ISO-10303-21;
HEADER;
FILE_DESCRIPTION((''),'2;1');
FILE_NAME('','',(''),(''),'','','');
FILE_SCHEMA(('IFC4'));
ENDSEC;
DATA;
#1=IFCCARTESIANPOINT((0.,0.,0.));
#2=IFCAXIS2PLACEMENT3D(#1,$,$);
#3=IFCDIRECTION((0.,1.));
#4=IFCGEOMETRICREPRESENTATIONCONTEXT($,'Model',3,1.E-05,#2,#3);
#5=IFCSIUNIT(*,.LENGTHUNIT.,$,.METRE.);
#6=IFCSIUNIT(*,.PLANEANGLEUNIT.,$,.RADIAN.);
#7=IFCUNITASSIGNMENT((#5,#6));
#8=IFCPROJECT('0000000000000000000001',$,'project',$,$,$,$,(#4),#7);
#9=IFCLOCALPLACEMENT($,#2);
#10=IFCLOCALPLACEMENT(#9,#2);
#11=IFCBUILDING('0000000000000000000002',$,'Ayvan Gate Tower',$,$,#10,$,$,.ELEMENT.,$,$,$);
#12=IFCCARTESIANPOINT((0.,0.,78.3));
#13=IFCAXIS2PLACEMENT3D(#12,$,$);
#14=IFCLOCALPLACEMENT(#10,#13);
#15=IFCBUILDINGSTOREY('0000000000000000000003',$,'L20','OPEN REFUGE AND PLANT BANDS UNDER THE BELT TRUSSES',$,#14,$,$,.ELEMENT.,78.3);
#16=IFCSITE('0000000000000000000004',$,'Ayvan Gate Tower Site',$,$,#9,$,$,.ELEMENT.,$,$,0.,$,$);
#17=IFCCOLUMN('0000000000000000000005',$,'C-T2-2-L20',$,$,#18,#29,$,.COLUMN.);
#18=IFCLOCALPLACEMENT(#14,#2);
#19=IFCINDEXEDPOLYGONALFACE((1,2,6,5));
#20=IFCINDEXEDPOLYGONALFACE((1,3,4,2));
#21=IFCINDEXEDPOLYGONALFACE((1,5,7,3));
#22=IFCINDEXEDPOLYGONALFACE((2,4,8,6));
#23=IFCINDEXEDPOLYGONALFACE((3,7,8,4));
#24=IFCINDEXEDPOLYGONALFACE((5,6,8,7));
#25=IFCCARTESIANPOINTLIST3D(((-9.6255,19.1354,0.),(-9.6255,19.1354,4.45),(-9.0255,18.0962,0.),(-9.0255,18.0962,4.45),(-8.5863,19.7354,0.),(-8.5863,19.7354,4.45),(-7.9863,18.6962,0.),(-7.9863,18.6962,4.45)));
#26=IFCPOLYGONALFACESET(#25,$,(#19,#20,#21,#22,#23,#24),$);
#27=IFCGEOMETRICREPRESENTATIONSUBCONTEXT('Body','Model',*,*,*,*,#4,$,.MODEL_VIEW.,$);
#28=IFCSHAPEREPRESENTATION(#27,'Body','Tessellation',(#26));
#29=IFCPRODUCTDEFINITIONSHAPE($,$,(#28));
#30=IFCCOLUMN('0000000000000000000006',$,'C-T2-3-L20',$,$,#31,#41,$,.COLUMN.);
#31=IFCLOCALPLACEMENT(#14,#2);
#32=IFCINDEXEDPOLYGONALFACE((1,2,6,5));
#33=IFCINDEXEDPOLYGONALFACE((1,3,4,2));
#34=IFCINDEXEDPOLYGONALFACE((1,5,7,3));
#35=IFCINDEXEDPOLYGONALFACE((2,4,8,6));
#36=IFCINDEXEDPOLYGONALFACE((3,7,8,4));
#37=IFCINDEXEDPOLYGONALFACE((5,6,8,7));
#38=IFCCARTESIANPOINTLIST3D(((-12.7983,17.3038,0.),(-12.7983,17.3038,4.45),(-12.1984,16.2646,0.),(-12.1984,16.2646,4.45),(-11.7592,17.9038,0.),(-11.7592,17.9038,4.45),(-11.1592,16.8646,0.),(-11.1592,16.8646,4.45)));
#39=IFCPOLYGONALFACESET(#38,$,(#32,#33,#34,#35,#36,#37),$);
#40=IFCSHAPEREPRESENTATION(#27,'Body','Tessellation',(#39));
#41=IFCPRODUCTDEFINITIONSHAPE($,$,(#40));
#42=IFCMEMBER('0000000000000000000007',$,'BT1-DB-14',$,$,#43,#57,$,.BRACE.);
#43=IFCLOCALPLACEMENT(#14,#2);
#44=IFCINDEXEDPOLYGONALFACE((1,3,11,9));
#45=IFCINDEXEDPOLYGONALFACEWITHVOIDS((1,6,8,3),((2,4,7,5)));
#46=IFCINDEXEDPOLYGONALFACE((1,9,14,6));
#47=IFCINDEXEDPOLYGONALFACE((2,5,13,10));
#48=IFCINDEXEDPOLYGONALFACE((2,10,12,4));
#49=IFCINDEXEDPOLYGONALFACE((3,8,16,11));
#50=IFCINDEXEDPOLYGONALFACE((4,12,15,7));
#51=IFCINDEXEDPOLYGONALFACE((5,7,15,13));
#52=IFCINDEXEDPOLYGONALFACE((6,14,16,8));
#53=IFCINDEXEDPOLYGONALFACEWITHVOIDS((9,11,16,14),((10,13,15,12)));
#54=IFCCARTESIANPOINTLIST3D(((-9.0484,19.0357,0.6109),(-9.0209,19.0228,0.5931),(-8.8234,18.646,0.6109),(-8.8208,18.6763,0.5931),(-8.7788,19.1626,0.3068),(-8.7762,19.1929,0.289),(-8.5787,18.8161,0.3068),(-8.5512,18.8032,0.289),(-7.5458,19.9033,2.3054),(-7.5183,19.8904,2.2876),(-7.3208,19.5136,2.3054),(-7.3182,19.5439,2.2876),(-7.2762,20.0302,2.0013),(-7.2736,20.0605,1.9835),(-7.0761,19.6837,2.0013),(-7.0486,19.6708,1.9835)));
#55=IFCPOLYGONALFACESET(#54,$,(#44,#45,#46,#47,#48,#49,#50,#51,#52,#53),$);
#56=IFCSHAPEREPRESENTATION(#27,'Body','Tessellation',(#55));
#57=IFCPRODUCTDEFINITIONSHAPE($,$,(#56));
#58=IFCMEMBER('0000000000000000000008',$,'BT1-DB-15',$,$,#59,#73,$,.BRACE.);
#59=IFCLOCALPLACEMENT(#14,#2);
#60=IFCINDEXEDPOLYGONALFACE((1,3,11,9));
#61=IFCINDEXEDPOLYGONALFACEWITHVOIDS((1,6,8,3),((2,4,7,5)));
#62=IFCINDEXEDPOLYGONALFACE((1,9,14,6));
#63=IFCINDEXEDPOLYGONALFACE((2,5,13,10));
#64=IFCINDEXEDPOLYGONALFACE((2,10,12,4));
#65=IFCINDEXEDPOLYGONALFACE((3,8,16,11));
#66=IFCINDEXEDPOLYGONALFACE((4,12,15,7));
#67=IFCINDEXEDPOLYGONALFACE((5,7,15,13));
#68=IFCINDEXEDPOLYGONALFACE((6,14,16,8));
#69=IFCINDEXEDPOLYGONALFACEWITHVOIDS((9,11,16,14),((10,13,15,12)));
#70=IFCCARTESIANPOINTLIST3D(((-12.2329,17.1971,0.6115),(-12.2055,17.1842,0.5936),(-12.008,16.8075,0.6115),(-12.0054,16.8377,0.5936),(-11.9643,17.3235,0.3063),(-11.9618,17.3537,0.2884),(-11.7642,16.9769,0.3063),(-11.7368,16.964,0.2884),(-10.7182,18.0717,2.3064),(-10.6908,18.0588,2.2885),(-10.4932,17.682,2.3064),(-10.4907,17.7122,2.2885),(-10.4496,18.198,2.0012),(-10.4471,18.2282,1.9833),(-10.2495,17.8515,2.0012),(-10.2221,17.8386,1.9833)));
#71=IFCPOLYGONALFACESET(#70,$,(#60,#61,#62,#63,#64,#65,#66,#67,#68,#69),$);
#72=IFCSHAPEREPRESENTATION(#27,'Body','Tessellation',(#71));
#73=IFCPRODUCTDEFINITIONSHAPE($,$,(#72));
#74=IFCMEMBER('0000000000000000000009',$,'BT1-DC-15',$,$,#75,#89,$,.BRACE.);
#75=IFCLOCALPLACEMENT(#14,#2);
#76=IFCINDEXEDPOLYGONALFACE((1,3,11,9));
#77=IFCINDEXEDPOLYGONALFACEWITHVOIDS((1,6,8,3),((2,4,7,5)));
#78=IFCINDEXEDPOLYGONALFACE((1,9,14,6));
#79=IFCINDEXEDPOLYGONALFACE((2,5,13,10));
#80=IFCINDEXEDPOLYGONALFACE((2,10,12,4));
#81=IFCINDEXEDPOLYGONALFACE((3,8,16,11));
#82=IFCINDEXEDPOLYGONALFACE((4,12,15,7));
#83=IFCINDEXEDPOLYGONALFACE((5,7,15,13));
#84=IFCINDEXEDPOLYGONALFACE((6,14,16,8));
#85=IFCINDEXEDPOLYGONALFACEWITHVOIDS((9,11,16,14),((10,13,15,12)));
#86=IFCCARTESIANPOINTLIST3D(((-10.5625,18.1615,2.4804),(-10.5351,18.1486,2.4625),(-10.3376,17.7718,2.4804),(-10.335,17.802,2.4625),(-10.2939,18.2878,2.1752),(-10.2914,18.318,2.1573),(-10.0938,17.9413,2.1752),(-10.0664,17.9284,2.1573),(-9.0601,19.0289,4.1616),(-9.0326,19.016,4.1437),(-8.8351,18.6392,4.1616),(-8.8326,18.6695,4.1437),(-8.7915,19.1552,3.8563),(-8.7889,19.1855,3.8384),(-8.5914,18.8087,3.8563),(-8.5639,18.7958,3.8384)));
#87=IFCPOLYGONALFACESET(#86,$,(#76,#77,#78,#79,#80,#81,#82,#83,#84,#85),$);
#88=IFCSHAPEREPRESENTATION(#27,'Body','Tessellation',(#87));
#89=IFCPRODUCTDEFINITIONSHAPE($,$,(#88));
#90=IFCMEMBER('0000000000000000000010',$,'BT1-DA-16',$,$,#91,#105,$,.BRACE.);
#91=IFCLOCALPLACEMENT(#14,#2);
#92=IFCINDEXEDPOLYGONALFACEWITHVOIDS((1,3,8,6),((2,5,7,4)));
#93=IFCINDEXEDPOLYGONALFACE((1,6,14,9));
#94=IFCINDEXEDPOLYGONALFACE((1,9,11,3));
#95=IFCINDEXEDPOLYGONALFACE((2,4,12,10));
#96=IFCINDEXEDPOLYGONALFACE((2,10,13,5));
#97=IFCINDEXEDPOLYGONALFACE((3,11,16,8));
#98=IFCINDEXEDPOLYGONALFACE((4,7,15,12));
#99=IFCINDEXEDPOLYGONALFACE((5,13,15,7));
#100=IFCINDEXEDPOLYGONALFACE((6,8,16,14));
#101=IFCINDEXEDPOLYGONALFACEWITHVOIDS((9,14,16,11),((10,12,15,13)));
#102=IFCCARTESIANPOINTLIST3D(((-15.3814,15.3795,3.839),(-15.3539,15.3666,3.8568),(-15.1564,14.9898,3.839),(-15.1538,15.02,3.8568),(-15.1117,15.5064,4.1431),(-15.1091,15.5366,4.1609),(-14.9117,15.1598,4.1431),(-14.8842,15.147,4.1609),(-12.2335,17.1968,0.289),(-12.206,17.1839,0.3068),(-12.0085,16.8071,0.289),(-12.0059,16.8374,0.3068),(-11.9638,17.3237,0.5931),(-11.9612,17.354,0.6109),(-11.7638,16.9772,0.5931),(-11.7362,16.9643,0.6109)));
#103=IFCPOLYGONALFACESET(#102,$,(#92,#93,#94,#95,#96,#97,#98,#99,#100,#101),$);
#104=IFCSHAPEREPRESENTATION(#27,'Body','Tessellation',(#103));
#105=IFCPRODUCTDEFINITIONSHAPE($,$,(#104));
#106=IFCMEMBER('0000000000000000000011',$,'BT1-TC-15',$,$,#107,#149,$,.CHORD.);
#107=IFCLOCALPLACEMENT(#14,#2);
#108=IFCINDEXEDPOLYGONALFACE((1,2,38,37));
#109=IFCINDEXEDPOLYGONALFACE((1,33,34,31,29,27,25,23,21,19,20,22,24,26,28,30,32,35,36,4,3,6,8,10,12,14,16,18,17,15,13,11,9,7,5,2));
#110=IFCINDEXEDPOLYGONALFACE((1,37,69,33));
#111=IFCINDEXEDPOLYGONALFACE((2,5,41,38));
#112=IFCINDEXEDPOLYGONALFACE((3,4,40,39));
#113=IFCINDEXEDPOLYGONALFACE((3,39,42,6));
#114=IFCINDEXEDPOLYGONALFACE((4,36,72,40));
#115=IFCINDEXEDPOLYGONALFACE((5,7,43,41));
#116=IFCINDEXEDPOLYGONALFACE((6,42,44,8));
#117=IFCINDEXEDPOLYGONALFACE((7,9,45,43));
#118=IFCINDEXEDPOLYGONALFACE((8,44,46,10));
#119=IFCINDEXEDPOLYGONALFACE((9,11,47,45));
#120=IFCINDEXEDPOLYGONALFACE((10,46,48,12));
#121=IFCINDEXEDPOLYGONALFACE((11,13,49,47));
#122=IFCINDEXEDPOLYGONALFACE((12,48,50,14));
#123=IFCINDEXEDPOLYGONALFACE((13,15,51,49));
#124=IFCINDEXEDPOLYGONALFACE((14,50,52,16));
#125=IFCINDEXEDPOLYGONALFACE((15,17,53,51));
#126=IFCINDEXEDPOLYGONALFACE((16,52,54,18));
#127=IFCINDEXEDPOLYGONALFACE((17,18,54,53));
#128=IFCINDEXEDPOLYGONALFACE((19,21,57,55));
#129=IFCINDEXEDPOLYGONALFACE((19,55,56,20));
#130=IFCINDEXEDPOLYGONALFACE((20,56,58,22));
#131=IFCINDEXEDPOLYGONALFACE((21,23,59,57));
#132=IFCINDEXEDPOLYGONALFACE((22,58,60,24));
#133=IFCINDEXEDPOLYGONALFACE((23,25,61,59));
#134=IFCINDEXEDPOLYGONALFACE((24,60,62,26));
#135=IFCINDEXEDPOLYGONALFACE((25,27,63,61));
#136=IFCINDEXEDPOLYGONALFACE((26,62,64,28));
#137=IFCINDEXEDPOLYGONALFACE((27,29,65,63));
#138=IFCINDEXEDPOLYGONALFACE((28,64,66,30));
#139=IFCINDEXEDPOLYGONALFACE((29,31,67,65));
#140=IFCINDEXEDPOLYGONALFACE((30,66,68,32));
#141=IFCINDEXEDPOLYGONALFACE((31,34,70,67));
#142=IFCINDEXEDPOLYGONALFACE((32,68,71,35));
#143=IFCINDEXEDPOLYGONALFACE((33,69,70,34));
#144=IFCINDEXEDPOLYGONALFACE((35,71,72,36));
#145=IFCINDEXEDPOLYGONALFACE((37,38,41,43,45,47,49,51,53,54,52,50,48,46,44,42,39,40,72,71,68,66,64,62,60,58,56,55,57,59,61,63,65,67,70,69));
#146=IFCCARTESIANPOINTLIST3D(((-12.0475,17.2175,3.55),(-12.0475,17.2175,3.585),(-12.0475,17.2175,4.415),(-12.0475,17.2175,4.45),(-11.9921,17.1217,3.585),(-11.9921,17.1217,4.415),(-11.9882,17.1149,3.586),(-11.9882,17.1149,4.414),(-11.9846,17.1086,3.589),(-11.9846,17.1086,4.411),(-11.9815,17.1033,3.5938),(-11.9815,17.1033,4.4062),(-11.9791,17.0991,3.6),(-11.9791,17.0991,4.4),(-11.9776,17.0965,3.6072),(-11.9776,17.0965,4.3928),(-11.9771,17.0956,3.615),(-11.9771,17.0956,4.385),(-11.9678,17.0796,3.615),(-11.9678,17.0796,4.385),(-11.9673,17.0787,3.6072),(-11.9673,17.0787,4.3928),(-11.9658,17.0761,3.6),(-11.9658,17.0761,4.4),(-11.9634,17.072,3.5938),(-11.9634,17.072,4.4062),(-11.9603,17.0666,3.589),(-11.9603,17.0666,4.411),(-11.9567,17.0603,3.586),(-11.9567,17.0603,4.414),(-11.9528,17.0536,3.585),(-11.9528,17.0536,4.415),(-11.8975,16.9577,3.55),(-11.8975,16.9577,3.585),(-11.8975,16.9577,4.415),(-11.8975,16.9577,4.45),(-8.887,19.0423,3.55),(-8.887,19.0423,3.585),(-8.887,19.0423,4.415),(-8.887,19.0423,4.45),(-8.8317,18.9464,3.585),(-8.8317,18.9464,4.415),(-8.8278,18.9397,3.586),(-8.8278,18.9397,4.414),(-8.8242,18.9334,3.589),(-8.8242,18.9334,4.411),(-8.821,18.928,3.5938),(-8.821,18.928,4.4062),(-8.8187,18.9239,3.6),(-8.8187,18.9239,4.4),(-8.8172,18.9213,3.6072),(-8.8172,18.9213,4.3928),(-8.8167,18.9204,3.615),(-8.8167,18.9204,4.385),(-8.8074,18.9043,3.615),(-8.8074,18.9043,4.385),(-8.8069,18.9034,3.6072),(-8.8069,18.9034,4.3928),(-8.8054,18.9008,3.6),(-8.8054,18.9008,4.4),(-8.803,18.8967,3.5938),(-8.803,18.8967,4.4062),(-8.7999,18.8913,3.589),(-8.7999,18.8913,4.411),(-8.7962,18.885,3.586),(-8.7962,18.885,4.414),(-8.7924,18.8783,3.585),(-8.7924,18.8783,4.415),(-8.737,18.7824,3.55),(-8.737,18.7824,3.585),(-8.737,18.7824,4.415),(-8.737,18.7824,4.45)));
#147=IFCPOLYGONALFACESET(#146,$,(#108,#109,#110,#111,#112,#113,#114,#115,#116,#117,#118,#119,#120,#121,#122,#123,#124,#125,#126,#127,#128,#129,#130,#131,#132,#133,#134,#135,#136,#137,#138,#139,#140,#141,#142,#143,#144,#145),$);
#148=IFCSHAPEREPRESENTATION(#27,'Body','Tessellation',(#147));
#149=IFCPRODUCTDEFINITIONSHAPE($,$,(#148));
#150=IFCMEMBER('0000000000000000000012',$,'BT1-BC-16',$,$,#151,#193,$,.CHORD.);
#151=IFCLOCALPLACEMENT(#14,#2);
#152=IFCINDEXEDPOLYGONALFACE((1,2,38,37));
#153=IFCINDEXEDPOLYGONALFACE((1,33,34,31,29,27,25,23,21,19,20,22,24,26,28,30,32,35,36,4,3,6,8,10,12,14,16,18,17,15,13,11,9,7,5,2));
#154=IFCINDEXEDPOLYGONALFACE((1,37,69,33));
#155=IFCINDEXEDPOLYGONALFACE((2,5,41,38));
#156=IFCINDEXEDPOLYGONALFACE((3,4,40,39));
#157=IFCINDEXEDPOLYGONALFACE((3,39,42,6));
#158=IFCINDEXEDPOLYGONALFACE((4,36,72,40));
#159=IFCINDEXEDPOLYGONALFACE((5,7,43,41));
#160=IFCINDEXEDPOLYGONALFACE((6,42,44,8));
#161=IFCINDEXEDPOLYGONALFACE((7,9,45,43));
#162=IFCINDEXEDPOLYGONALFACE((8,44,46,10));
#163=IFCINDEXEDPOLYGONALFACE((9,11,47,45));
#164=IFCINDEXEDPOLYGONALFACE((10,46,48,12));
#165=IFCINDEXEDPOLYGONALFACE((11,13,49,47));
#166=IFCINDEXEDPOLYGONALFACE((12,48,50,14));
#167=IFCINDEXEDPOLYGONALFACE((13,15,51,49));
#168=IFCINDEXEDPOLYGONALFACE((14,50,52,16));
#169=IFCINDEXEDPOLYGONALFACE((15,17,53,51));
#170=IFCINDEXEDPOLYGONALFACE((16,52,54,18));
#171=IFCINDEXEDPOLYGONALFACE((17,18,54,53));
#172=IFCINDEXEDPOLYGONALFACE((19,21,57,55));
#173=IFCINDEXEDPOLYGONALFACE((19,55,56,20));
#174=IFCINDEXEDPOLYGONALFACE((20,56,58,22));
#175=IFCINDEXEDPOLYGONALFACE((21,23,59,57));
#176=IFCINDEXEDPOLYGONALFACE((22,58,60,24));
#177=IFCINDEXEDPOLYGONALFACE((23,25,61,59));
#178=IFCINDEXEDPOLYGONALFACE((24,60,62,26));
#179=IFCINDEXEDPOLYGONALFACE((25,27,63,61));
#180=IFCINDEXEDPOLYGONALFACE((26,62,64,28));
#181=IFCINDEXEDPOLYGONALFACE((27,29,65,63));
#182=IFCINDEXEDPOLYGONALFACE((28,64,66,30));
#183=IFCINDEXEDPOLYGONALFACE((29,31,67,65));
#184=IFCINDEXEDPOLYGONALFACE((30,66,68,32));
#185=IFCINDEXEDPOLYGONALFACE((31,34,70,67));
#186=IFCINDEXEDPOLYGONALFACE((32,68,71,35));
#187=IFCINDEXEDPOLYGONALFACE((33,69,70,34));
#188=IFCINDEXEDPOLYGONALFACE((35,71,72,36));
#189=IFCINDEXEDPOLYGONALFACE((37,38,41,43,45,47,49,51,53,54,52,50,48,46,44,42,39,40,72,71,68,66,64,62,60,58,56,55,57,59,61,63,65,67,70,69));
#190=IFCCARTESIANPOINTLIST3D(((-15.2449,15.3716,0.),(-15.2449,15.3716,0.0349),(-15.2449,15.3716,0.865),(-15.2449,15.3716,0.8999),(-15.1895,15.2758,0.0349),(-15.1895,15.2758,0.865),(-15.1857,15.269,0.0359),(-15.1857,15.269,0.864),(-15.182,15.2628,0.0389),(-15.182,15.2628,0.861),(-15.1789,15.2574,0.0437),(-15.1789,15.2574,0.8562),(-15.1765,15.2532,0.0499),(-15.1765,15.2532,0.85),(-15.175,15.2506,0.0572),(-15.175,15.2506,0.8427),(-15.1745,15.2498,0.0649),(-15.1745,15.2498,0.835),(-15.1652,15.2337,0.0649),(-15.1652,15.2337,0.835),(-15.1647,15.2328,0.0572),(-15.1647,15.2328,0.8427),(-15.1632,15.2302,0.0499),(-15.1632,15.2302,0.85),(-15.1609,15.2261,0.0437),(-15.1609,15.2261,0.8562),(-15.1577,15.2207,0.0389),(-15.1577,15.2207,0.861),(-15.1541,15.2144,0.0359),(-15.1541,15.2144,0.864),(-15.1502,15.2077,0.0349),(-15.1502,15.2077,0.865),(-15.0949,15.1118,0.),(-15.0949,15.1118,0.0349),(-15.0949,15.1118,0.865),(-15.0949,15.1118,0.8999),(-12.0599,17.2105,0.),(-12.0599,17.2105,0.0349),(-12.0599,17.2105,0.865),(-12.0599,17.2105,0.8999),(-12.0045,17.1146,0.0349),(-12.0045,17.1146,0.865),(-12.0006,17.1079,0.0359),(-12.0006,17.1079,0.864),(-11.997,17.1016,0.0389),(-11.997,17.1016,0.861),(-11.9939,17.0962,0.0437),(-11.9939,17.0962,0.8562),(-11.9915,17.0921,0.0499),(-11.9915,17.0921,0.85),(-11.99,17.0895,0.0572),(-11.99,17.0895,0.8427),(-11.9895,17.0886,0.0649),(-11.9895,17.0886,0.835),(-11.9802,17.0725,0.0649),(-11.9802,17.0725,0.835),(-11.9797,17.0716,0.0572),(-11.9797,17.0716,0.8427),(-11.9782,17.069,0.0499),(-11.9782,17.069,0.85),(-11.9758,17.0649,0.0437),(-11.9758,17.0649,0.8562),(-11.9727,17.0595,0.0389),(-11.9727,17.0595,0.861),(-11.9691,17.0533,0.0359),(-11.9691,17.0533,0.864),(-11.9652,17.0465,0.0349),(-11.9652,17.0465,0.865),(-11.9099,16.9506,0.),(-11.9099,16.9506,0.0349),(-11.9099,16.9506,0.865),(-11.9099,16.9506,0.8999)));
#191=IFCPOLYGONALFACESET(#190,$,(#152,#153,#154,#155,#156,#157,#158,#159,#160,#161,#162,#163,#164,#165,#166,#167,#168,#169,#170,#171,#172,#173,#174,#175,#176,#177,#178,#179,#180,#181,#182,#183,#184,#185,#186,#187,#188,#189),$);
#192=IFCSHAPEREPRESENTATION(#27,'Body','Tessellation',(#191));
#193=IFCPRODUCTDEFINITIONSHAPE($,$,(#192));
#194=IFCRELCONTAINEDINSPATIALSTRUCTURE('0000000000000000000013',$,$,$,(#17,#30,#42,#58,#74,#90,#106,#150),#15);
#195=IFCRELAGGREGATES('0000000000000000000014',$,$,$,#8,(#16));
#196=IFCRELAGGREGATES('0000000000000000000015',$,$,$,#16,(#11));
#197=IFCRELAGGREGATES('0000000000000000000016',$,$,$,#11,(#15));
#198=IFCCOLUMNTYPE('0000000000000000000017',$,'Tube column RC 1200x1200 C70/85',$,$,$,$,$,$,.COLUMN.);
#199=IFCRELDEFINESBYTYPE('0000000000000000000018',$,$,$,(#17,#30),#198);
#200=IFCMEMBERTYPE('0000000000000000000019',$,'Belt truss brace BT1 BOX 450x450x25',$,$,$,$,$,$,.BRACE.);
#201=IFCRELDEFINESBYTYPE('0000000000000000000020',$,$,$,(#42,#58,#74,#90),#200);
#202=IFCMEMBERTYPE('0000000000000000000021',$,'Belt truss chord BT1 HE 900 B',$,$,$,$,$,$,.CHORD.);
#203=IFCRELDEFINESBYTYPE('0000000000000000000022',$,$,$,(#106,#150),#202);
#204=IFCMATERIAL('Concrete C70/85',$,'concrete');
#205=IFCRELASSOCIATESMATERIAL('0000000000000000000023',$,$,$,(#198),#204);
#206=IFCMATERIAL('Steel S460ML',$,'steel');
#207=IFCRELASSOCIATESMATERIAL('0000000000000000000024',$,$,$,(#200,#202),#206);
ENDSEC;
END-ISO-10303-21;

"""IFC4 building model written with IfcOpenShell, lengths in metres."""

from ifc_helpers import new_model, si_unit, direction, frame, origin, origin_2d, place, context, subcontext, project, spatial, rectangle, hollow_rectangle, i_section, extrude, material, material_profile, profile_set, type_object, element, save


model = new_model("IFC4")

# Units and contexts
model_context = context("Model", 3, precision=1e-05, world=origin(), true_north=direction((0.0, 1.0)))
body_context = subcontext(model_context, "Body", "Model", "MODEL_VIEW")
ifc_project = project(units=[si_unit("LENGTHUNIT", "METRE"), si_unit("PLANEANGLEUNIT", "RADIAN")], contexts=[model_context])

# Site, building, storey
site_placement = place(None, origin())
site = spatial("IfcSite", under=ifc_project, at=site_placement, Name="Ayvan Gate Tower Site", CompositionType="ELEMENT", RefElevation=0.0)
building_placement = place(site_placement, origin())
building = spatial("IfcBuilding", under=site, at=building_placement, Name="Ayvan Gate Tower", CompositionType="ELEMENT")
storey_placement = place(building_placement, frame((0.0, 0.0, 78.3)))
storey = spatial("IfcBuildingStorey", under=building, at=storey_placement, Name="L20", Description="OPEN REFUGE AND PLANT BANDS UNDER THE BELT TRUSSES", CompositionType="ELEMENT", Elevation=78.3)

# Columns
ifc_material_1 = material(Name="Concrete C70/85", Category="concrete")
ifc_material_profile_1 = material_profile(ifc_material_1, rectangle(XDim=1.2, YDim=1.2, at=origin_2d()), Name="RC 1200x1200")
ifc_profile_set_1 = profile_set([ifc_material_profile_1], Name="Concrete C70/85")
column_type = type_object("IfcColumnType", Name="Tube column RC 1200x1200 C70/85", PredefinedType="COLUMN", material=ifc_profile_set_1)
for number, where, z_axis, x_axis, name in (
    (1, (-8.8059, 18.9158, 0.0), (0.0, 0.0, 1.0), (-0.5, 0.866025, 0.0), "C-T2-2-L20"),
    (2, (-11.9788, 17.0842, 0.0), (0.0, 0.0, 1.0), (-0.5, 0.866025, 0.0), "C-T2-3-L20"),
):
    element("IfcColumn", number, at=place(storey_placement, frame(where, z_axis=z_axis, x_axis=x_axis)), inside=storey, type_object=column_type, Name=name, PredefinedType="COLUMN", context=body_context, shape_type="SweptSolid", body=[
        extrude(rectangle(XDim=1.2, YDim=1.2, at=origin_2d()), origin(), (0.0, 0.0, 1.0), 4.45),
    ])

# Members
ifc_material_2 = material(Name="Steel S460ML", Category="steel")
ifc_material_profile_2 = material_profile(ifc_material_2, hollow_rectangle(XDim=0.45, YDim=0.45, WallThickness=0.0249, at=origin_2d()), Name="BOX 450x450x25")
ifc_profile_set_2 = profile_set([ifc_material_profile_2], Name="Steel S460ML")
member_type_1 = type_object("IfcMemberType", Name="Belt truss brace BT1 BOX 450x450x25", PredefinedType="BRACE", material=ifc_profile_set_2)
member_1_placement = place(storey_placement, frame((-8.7998, 18.9194, 0.45), z_axis=(0.619564, 0.357747, 0.698683), x_axis=(-0.500043, 0.866, 0.0)))
element("IfcMember", 3, at=member_1_placement, inside=storey, type_object=member_type_1, Name="BT1-DB-14", PredefinedType="BRACE", context=body_context, shape_type="SweptSolid", body=[
    extrude(hollow_rectangle(XDim=0.45, YDim=0.45, WallThickness=0.0249, at=origin_2d()), origin(), (0.0, 0.0, 1.0), 2.4253),
])
member_2_placement = place(storey_placement, frame((-11.9849, 17.0806, 0.45), z_axis=(0.62192, 0.359078, 0.695901), x_axis=(-0.500012, 0.866018, 0.0)))
element("IfcMember", 4, at=member_2_placement, inside=storey, type_object=member_type_1, Name="BT1-DB-15", PredefinedType="BRACE", context=body_context, shape_type="SweptSolid", body=[
    extrude(hollow_rectangle(XDim=0.45, YDim=0.45, WallThickness=0.0249, at=origin_2d()), origin(), (0.0, 0.0, 1.0), 2.4355),
])
member_3_placement = place(storey_placement, frame((-10.3145, 18.0449, 2.3188), z_axis=(0.621926, 0.359067, 0.695902), x_axis=(-0.499999, 0.866026, 0.0)))
element("IfcMember", 5, at=member_3_placement, inside=storey, type_object=member_type_1, Name="BT1-DC-15", PredefinedType="BRACE", context=body_context, shape_type="SweptSolid", body=[
    extrude(hollow_rectangle(XDim=0.45, YDim=0.45, WallThickness=0.0249, at=origin_2d()), origin(), (0.0, 0.0, 1.0), 2.4158),
])
member_4_placement = place(storey_placement, frame((-11.9849, 17.0806, 0.45), z_axis=(-0.619568, -0.357691, 0.698708), x_axis=(0.499982, -0.866036, 0.0)))
element("IfcMember", 6, at=member_4_placement, inside=storey, type_object=member_type_1, Name="BT1-DA-16", PredefinedType="BRACE", context=body_context, shape_type="SweptSolid", body=[
    extrude(hollow_rectangle(XDim=0.45, YDim=0.45, WallThickness=0.0249, at=origin_2d()), origin(), (0.0, 0.0, 1.0), 5.0808),
])
ifc_material_profile_3 = material_profile(ifc_material_2, i_section(OverallWidth=0.3, OverallDepth=0.8999, WebThickness=0.0186, FlangeThickness=0.0349, FilletRadius=0.03, at=origin_2d()), Name="HE 900 B")
ifc_profile_set_3 = profile_set([ifc_material_profile_3], Name="Steel S460ML")
member_type_2 = type_object("IfcMemberType", Name="Belt truss chord BT1 HE 900 B", PredefinedType="CHORD", material=ifc_profile_set_3)
member_5_placement = place(storey_placement, frame((-8.812, 18.9124, 4.0), z_axis=(-0.86602, -0.50001, 0.0), x_axis=(0.50001, -0.86602, 0.0)))
element("IfcMember", 7, at=member_5_placement, inside=storey, type_object=member_type_2, Name="BT1-TC-15", PredefinedType="CHORD", context=body_context, shape_type="SweptSolid", body=[
    extrude(i_section(OverallWidth=0.3, OverallDepth=0.8999, WebThickness=0.0186, FlangeThickness=0.0349, FilletRadius=0.03, at=origin_2d()), origin(), (0.0, 0.0, 1.0), 3.6494),
])
member_6_placement = place(storey_placement, frame((-11.9849, 17.0806, 0.45), z_axis=(-0.866029, -0.499994, 0.0), x_axis=(0.499994, -0.866029, 0.0)))
element("IfcMember", 8, at=member_6_placement, inside=storey, type_object=member_type_2, Name="BT1-BC-16", PredefinedType="CHORD", context=body_context, shape_type="SweptSolid", body=[
    extrude(i_section(OverallWidth=0.3, OverallDepth=0.8999, WebThickness=0.0186, FlangeThickness=0.0349, FilletRadius=0.03, at=origin_2d()), origin(), (0.0, 0.0, 1.0), 3.6777),
])

save(model, "model.ifc")
